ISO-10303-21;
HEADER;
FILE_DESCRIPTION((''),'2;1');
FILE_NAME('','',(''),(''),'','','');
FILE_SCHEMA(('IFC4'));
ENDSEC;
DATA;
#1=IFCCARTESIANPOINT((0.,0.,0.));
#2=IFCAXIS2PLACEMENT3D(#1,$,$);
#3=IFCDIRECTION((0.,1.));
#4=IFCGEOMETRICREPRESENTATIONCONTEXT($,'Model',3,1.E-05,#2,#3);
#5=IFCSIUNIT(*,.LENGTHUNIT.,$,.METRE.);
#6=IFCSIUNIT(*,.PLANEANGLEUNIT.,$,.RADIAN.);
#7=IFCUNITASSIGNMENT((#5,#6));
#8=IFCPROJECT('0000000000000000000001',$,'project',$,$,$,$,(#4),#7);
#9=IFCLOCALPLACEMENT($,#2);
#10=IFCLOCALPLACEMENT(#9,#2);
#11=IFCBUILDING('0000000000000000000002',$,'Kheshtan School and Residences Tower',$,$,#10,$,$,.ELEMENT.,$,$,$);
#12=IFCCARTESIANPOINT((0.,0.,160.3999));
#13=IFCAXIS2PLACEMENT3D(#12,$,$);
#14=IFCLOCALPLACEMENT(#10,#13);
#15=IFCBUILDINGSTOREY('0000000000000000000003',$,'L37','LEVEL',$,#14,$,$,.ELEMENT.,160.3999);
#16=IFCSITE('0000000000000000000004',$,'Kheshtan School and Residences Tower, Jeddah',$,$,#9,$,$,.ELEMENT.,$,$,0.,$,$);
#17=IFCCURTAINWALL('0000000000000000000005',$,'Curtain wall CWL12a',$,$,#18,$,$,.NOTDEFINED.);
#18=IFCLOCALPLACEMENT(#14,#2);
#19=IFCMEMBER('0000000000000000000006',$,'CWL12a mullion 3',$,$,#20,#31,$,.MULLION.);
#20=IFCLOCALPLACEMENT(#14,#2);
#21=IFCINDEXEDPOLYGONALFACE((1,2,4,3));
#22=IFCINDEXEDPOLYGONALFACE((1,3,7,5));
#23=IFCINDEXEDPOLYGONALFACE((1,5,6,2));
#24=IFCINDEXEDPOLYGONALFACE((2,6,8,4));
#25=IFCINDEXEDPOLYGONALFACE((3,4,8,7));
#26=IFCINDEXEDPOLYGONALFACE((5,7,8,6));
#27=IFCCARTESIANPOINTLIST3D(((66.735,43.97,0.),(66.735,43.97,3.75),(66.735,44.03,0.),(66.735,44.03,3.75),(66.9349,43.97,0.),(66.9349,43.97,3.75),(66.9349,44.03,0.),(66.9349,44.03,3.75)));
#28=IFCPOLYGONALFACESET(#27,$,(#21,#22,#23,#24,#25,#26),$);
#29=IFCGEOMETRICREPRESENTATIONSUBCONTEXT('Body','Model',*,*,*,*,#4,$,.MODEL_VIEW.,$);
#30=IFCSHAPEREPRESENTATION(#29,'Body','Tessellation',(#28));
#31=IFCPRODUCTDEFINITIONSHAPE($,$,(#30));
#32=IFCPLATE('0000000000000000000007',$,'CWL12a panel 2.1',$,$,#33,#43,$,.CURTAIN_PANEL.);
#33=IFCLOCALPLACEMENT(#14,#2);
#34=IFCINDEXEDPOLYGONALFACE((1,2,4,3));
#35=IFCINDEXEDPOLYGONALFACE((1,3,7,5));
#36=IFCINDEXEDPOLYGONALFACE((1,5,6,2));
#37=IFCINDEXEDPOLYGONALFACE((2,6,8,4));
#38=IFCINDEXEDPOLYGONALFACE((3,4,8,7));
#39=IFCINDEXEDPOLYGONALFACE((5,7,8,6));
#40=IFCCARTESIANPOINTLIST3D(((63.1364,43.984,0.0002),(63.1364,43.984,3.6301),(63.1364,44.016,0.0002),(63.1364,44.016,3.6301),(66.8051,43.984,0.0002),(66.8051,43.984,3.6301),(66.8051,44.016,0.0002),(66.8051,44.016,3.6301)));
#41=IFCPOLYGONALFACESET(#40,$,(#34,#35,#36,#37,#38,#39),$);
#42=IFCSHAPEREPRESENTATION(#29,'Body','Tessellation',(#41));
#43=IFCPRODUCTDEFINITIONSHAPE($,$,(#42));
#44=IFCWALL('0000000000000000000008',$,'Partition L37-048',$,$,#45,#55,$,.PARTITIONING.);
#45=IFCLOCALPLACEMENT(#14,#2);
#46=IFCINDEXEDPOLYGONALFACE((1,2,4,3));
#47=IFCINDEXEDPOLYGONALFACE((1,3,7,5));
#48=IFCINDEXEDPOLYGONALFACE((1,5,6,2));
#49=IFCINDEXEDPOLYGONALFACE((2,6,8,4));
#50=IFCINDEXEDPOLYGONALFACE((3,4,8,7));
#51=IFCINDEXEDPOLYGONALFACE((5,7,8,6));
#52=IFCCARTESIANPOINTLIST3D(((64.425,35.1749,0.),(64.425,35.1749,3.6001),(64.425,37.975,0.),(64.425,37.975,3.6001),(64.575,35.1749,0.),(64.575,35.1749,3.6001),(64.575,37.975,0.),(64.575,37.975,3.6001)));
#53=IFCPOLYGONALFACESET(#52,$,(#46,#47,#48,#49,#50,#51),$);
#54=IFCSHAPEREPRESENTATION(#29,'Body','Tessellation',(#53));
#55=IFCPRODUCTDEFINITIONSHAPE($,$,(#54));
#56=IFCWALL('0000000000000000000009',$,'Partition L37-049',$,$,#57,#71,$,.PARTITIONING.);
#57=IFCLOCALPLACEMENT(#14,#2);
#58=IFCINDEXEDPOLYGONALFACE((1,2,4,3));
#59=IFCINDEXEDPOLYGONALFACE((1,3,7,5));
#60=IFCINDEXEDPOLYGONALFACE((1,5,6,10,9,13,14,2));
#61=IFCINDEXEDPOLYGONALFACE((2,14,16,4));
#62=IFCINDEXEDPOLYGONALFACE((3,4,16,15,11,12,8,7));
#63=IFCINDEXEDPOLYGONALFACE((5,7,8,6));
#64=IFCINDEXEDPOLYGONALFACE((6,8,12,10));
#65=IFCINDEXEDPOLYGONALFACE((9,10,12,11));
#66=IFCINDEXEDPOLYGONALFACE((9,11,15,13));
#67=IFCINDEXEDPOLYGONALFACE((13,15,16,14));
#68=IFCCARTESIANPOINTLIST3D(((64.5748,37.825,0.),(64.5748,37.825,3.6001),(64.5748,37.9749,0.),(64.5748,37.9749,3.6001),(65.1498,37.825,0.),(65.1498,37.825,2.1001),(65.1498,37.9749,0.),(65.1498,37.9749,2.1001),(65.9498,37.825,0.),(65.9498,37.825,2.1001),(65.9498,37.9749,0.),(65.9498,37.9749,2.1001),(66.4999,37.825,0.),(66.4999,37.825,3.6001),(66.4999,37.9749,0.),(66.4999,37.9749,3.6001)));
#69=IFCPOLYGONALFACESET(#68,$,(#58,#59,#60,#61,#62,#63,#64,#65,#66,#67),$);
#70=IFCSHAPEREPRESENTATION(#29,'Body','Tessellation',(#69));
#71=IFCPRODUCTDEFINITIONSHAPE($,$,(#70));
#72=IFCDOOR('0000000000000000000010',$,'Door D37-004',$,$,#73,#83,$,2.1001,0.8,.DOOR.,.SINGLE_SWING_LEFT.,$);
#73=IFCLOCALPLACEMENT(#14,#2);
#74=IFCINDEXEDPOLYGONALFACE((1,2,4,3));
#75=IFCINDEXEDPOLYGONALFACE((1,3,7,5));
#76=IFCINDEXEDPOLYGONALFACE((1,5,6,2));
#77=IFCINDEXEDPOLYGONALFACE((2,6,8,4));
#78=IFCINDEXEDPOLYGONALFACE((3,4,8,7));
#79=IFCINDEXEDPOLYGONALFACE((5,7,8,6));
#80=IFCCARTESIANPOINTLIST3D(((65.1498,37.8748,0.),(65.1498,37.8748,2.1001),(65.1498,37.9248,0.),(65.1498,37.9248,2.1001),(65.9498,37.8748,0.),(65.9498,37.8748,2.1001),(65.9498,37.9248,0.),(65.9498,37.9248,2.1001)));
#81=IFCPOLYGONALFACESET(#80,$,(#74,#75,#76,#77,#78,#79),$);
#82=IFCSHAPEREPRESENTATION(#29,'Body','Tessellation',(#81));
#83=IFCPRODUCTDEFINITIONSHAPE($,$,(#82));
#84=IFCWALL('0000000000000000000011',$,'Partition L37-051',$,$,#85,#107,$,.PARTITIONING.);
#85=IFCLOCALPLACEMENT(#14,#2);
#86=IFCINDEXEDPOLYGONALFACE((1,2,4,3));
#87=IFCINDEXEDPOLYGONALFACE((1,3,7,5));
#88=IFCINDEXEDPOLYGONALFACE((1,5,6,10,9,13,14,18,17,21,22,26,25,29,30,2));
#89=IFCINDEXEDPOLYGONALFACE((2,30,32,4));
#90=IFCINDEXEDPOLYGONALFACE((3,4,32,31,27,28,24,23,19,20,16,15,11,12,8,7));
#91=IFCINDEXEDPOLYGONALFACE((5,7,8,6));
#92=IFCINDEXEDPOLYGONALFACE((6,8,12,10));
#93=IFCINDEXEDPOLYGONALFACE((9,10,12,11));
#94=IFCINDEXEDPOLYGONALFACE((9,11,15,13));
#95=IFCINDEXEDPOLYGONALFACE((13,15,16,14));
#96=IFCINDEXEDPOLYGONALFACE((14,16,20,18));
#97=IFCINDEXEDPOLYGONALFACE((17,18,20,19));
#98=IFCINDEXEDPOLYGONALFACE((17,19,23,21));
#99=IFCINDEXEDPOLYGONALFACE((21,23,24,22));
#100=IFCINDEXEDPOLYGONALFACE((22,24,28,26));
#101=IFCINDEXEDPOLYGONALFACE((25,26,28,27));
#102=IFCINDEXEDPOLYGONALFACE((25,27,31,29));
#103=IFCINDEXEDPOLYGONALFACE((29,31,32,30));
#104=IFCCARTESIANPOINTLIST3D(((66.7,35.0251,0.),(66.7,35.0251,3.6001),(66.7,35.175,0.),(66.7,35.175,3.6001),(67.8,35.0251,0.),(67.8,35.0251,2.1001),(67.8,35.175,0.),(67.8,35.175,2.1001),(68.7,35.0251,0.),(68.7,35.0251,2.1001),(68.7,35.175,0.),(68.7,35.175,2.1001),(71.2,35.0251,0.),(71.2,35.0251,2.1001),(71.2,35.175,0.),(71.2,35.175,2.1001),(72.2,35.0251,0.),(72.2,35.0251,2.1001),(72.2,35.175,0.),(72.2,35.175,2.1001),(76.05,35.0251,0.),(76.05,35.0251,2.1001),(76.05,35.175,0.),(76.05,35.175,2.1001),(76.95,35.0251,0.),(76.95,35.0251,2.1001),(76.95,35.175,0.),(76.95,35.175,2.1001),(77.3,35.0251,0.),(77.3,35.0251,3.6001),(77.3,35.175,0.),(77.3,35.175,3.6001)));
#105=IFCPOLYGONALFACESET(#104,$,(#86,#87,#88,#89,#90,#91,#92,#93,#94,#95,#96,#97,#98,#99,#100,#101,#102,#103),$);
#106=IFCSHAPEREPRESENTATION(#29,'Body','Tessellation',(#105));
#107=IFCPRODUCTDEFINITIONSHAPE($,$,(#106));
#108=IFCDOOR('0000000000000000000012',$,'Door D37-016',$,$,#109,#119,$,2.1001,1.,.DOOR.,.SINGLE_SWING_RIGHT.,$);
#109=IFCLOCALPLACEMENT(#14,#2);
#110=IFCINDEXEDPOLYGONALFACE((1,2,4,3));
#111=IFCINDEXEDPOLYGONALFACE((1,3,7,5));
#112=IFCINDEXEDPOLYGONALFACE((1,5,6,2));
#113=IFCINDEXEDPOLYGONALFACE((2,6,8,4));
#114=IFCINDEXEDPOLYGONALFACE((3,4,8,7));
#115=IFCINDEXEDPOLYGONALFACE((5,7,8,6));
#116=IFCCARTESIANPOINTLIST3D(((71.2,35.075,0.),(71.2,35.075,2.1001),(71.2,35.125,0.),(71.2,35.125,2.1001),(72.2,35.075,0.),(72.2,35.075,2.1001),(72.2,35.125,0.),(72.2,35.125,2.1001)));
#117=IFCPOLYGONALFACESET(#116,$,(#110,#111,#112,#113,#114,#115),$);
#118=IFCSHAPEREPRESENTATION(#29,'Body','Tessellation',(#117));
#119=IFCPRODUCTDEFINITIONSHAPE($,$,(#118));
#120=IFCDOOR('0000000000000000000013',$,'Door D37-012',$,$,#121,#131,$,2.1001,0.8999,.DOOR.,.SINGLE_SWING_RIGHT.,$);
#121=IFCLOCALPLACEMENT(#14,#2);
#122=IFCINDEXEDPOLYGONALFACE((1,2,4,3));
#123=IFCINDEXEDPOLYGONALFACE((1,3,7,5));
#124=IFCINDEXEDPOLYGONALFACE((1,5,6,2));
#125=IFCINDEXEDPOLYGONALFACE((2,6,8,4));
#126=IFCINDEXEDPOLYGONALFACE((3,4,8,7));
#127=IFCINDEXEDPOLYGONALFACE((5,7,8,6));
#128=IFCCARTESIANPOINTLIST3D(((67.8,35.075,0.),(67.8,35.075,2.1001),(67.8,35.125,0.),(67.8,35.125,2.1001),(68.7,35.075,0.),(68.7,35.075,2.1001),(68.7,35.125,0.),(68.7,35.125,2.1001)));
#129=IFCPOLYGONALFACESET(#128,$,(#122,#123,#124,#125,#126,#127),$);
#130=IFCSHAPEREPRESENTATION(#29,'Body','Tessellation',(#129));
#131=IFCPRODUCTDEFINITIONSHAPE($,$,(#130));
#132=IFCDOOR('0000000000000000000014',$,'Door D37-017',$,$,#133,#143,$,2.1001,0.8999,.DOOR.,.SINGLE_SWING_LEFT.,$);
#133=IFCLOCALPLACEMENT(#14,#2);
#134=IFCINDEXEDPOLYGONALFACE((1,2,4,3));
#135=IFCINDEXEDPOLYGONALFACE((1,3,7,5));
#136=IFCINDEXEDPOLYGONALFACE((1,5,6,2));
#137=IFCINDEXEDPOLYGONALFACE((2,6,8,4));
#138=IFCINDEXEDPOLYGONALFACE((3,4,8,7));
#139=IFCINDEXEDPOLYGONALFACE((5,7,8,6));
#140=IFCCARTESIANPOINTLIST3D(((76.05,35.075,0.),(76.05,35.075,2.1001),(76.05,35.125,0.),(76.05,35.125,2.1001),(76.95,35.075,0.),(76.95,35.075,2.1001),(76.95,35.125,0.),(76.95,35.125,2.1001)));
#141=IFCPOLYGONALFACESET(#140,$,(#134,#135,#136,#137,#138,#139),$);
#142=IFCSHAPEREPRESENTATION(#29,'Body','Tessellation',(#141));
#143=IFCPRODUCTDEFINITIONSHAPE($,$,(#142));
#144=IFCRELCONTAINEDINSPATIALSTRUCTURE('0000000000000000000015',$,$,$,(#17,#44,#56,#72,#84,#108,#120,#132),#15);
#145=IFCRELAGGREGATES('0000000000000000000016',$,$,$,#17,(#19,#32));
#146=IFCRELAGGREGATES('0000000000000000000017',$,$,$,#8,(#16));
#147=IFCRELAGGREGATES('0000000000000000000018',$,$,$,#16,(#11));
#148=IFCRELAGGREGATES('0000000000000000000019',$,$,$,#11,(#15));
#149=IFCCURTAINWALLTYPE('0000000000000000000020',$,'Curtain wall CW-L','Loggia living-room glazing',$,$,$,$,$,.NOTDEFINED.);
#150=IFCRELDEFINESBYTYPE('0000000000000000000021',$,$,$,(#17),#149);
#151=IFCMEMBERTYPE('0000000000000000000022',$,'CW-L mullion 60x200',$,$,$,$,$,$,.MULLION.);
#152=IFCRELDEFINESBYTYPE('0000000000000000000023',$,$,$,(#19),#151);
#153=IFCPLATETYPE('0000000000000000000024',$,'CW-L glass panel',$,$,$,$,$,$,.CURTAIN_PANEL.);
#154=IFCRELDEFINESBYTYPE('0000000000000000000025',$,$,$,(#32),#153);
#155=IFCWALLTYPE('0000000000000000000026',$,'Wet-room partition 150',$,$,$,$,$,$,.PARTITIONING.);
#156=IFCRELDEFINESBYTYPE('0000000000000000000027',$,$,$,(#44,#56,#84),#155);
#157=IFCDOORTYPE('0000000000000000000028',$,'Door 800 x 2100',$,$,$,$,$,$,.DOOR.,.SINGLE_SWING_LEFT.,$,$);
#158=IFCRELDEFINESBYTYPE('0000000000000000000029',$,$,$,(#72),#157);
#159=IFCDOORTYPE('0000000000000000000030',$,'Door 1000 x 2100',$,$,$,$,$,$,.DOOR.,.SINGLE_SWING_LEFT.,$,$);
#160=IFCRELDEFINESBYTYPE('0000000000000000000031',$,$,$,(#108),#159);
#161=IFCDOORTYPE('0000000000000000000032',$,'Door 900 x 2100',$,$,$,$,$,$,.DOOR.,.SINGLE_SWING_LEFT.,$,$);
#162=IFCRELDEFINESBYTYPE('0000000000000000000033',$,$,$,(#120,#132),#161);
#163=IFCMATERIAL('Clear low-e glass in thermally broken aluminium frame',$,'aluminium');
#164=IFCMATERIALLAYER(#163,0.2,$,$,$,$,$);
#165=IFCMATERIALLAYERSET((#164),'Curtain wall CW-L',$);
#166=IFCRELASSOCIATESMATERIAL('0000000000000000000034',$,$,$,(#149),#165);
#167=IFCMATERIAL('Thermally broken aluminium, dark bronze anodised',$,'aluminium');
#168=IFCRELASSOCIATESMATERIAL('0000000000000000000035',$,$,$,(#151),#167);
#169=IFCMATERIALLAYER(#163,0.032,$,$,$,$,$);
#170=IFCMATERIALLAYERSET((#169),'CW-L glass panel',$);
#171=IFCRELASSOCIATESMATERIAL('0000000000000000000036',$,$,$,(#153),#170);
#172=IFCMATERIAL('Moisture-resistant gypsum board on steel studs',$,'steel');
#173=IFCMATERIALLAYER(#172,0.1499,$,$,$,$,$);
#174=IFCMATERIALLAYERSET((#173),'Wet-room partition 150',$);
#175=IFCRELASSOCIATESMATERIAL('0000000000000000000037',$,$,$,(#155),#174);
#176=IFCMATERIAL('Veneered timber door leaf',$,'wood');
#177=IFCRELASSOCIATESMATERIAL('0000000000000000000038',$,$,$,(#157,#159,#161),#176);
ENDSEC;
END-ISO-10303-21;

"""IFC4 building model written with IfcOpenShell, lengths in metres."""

from ifc_helpers import new_model, si_unit, direction, frame, frame_2d, origin, origin_2d, place, context, subcontext, project, spatial, rectangle, extrude, source, transform, mapped, material, layer, layer_set, material_profile, profile_set, type_object, element, fill, aggregate, save


model = new_model("IFC4")

# Units and contexts
model_context = context("Model", 3, precision=1e-05, world=origin(), true_north=direction((0.0, 1.0)))
body_context = subcontext(model_context, "Body", "Model", "MODEL_VIEW")
ifc_project = project(units=[si_unit("LENGTHUNIT", "METRE"), si_unit("PLANEANGLEUNIT", "RADIAN")], contexts=[model_context])

# Site, building, storey
site_placement = place(None, origin())
site = spatial("IfcSite", under=ifc_project, at=site_placement, Name="Kheshtan School and Residences Tower, Jeddah", CompositionType="ELEMENT", RefElevation=0.0)
building_placement = place(site_placement, origin())
building = spatial("IfcBuilding", under=site, at=building_placement, Name="Kheshtan School and Residences Tower", CompositionType="ELEMENT")
storey_placement = place(building_placement, frame((0.0, 0.0, 160.3999)))
storey = spatial("IfcBuildingStorey", under=building, at=storey_placement, Name="L37", Description="LEVEL", CompositionType="ELEMENT", Elevation=160.3999)

# Curtain wall, member, plate
ifc_material_1 = material(Name="Clear low-e glass in thermally broken aluminium frame", Category="aluminium")
ifc_layer_1 = layer(ifc_material_1, 0.2)
ifc_layer_set_1 = layer_set([ifc_layer_1], Name="Curtain wall CW-L")
curtain_wall_type = type_object("IfcCurtainWallType", Name="Curtain wall CW-L", Description="Loggia living-room glazing", PredefinedType="NOTDEFINED", material=ifc_layer_set_1)
curtain_wall_placement = place(storey_placement, origin())
curtain_wall = element("IfcCurtainWall", 1, at=curtain_wall_placement, inside=storey, type_object=curtain_wall_type, Name="Curtain wall CWL12a", PredefinedType="NOTDEFINED")
ifc_material_2 = material(Name="Thermally broken aluminium, dark bronze anodised", Category="aluminium")
ifc_material_profile_1 = material_profile(ifc_material_2, rectangle(XDim=0.0601, YDim=0.2, at=origin_2d()), Name="CW-L mullion 60x200")
ifc_profile_set_1 = profile_set([ifc_material_profile_1], Name="Thermally broken aluminium, dark bronze anodised")
member_type = type_object("IfcMemberType", Name="CW-L mullion 60x200", PredefinedType="MULLION", material=ifc_profile_set_1)
member_placement = place(storey_placement, frame((66.835, 44.0, 0.0), z_axis=(0.0, 0.0, 1.0), x_axis=(0.0, 1.0, 0.0)))
member = element("IfcMember", 2, at=member_placement, type_object=member_type, Name="CWL12a mullion 3", PredefinedType="MULLION", context=body_context, shape_type="SweptSolid", body=[
    extrude(rectangle(XDim=0.0601, YDim=0.2, at=origin_2d()), origin(), (0.0, 0.0, 1.0), 3.75),
])
ifc_layer_2 = layer(ifc_material_1, 0.032)
ifc_layer_set_2 = layer_set([ifc_layer_2], Name="CW-L glass panel")
plate_type = type_object("IfcPlateType", Name="CW-L glass panel", PredefinedType="CURTAIN_PANEL", material=ifc_layer_set_2)
plate_placement = place(storey_placement, frame((64.9707, 44.0, 0.0002), z_axis=(0.0, 0.0, 1.0), x_axis=(1.0, 0.0, 0.0)))
plate = element("IfcPlate", 3, at=plate_placement, type_object=plate_type, Name="CWL12a panel 2.1", PredefinedType="CURTAIN_PANEL", context=body_context, shape_type="SweptSolid", body=[
    extrude(rectangle(XDim=3.6687, YDim=0.032, at=origin_2d()), origin(), (0.0, 0.0, 1.0), 3.6299),
])
aggregate(curtain_wall, [member, plate])

# Wall
ifc_material_3 = material(Name="Moisture-resistant gypsum board on steel studs", Category="steel")
ifc_layer_3 = layer(ifc_material_3, 0.1499)
ifc_layer_set_3 = layer_set([ifc_layer_3], Name="Wet-room partition 150")
wall_type_1 = type_object("IfcWallType", Name="Wet-room partition 150", PredefinedType="PARTITIONING", material=ifc_layer_set_3)
wall_1_placement = place(storey_placement, frame((64.5, 35.175, 0.0), z_axis=(0.0, 0.0, 1.0), x_axis=(0.0, 1.0, 0.0)))
element("IfcWall", 4, at=wall_1_placement, inside=storey, type_object=wall_type_1, Name="Partition L37-048", PredefinedType="PARTITIONING", context=body_context, shape_type="SweptSolid", body=[
    extrude(rectangle(XDim=2.8, YDim=0.1499, at=frame_2d((1.3999, 0.0))), origin(), (0.0, 0.0, 1.0), 3.6001),
])

# Wall, opening, door
wall_2_placement = place(storey_placement, frame((64.575, 37.8999, 0.0), z_axis=(0.0, 0.0, 1.0), x_axis=(1.0, 0.0, 0.0)))
wall_2 = element("IfcWall", 5, at=wall_2_placement, inside=storey, type_object=wall_type_1, Name="Partition L37-049", PredefinedType="PARTITIONING", context=body_context, shape_type="SweptSolid", body=[
    extrude(rectangle(XDim=1.925, YDim=0.1499, at=frame_2d((0.9624, 0.0))), origin(), (0.0, 0.0, 1.0), 3.6001),
])
opening_1_placement = place(wall_2_placement, frame((0.575, 0.0, 0.0)))
opening_1 = element("IfcOpeningElement", 6, at=opening_1_placement, cuts=wall_2, PredefinedType="OPENING", context=body_context, shape_type="SweptSolid", body=[
    extrude(rectangle(XDim=0.8, YDim=2.1001, at=frame_2d((0.3999, 1.05))), frame((0.0, 0.085, 0.0), z_axis=(0.0, -1.0, 0.0), x_axis=(1.0, 0.0, 0.0)), (0.0, 0.0, 1.0), 0.1699),
])
ifc_material_4 = material(Name="Veneered timber door leaf", Category="wood")
door_type_1 = type_object("IfcDoorType", Name="Door 800 x 2100", OperationType="SINGLE_SWING_LEFT", PredefinedType="DOOR", material=ifc_material_4)
shared_shape_1 = source(origin(), body_context, "Body", "SweptSolid", [
    extrude(rectangle(XDim=0.8, YDim=2.1001, at=frame_2d((0.3999, 1.05))), frame((0.0, 0.0249, 0.0), z_axis=(0.0, -1.0, 0.0), x_axis=(1.0, 0.0, 0.0)), (0.0, 0.0, 1.0), 0.05),
])
door_1_placement = place(opening_1_placement, origin())
door_1 = element("IfcDoor", 7, at=door_1_placement, inside=storey, type_object=door_type_1, Name="Door D37-004", OperationType="SINGLE_SWING_LEFT", OverallHeight=2.1001, OverallWidth=0.8, PredefinedType="DOOR", context=body_context, shape_type="MappedRepresentation", body=[
    mapped(shared_shape_1, transform((0.0, 0.0, 0.0), x_axis=(1.0, 0.0, 0.0), y_axis=(0.0, 1.0, 0.0), z_axis=(0.0, 0.0, 1.0), scale=1.0)),
])
fill(opening_1, door_1)

# Wall, openings, doors
wall_3_placement = place(storey_placement, frame((66.7, 35.1001, 0.0), z_axis=(0.0, 0.0, 1.0), x_axis=(1.0, 0.0, 0.0)))
wall_3 = element("IfcWall", 8, at=wall_3_placement, inside=storey, type_object=wall_type_1, Name="Partition L37-051", PredefinedType="PARTITIONING", context=body_context, shape_type="SweptSolid", body=[
    extrude(rectangle(XDim=10.6001, YDim=0.1499, at=frame_2d((5.3, 0.0))), origin(), (0.0, 0.0, 1.0), 3.6001),
])
opening_2_placement = place(wall_3_placement, frame((1.1001, 0.0, 0.0)))
opening_2 = element("IfcOpeningElement", 9, at=opening_2_placement, cuts=wall_3, PredefinedType="OPENING", context=body_context, shape_type="SweptSolid", body=[
    extrude(rectangle(XDim=0.8999, YDim=2.1001, at=frame_2d((0.45, 1.05))), frame((0.0, 0.085, 0.0), z_axis=(0.0, -1.0, 0.0), x_axis=(1.0, 0.0, 0.0)), (0.0, 0.0, 1.0), 0.1699),
])
opening_3_placement = place(wall_3_placement, frame((4.5, 0.0, 0.0)))
opening_3 = element("IfcOpeningElement", 10, at=opening_3_placement, cuts=wall_3, PredefinedType="OPENING", context=body_context, shape_type="SweptSolid", body=[
    extrude(rectangle(XDim=1.0, YDim=2.1001, at=frame_2d((0.5, 1.05))), frame((0.0, 0.085, 0.0), z_axis=(0.0, -1.0, 0.0), x_axis=(1.0, 0.0, 0.0)), (0.0, 0.0, 1.0), 0.1699),
])
opening_4_placement = place(wall_3_placement, frame((9.3501, 0.0, 0.0)))
opening_4 = element("IfcOpeningElement", 11, at=opening_4_placement, cuts=wall_3, PredefinedType="OPENING", context=body_context, shape_type="SweptSolid", body=[
    extrude(rectangle(XDim=0.8999, YDim=2.1001, at=frame_2d((0.45, 1.05))), frame((0.0, 0.085, 0.0), z_axis=(0.0, -1.0, 0.0), x_axis=(1.0, 0.0, 0.0)), (0.0, 0.0, 1.0), 0.1699),
])
door_type_2 = type_object("IfcDoorType", Name="Door 1000 x 2100", OperationType="SINGLE_SWING_LEFT", PredefinedType="DOOR", material=ifc_material_4)
shared_shape_2 = source(origin(), body_context, "Body", "SweptSolid", [
    extrude(rectangle(XDim=1.0, YDim=2.1001, at=frame_2d((0.5, 1.05))), frame((0.0, 0.0249, 0.0), z_axis=(0.0, -1.0, 0.0), x_axis=(1.0, 0.0, 0.0)), (0.0, 0.0, 1.0), 0.05),
])
door_2_placement = place(opening_3_placement, origin())
door_2 = element("IfcDoor", 12, at=door_2_placement, inside=storey, type_object=door_type_2, Name="Door D37-016", OperationType="SINGLE_SWING_RIGHT", OverallHeight=2.1001, OverallWidth=1.0, PredefinedType="DOOR", context=body_context, shape_type="MappedRepresentation", body=[
    mapped(shared_shape_2, transform((0.0, 0.0, 0.0), x_axis=(1.0, 0.0, 0.0), y_axis=(0.0, 1.0, 0.0), z_axis=(0.0, 0.0, 1.0), scale=1.0)),
])
fill(opening_3, door_2)
door_type_3 = type_object("IfcDoorType", Name="Door 900 x 2100", OperationType="SINGLE_SWING_LEFT", PredefinedType="DOOR", material=ifc_material_4)
shared_shape_3 = source(origin(), body_context, "Body", "SweptSolid", [
    extrude(rectangle(XDim=0.8999, YDim=2.1001, at=frame_2d((0.45, 1.05))), frame((0.0, 0.0249, 0.0), z_axis=(0.0, -1.0, 0.0), x_axis=(1.0, 0.0, 0.0)), (0.0, 0.0, 1.0), 0.05),
])
door_3_placement = place(opening_2_placement, origin())
door_3 = element("IfcDoor", 13, at=door_3_placement, inside=storey, type_object=door_type_3, Name="Door D37-012", OperationType="SINGLE_SWING_RIGHT", OverallHeight=2.1001, OverallWidth=0.8999, PredefinedType="DOOR", context=body_context, shape_type="MappedRepresentation", body=[
    mapped(shared_shape_3, transform((0.0, 0.0, 0.0), x_axis=(1.0, 0.0, 0.0), y_axis=(0.0, 1.0, 0.0), z_axis=(0.0, 0.0, 1.0), scale=1.0)),
])
fill(opening_2, door_3)
door_4_placement = place(opening_4_placement, origin())
door_4 = element("IfcDoor", 14, at=door_4_placement, inside=storey, type_object=door_type_3, Name="Door D37-017", OperationType="SINGLE_SWING_LEFT", OverallHeight=2.1001, OverallWidth=0.8999, PredefinedType="DOOR", context=body_context, shape_type="MappedRepresentation", body=[
    mapped(shared_shape_3, transform((0.0, 0.0, 0.0), x_axis=(1.0, 0.0, 0.0), y_axis=(0.0, 1.0, 0.0), z_axis=(0.0, 0.0, 1.0), scale=1.0)),
])
fill(opening_4, door_4)

save(model, "model.ifc")
